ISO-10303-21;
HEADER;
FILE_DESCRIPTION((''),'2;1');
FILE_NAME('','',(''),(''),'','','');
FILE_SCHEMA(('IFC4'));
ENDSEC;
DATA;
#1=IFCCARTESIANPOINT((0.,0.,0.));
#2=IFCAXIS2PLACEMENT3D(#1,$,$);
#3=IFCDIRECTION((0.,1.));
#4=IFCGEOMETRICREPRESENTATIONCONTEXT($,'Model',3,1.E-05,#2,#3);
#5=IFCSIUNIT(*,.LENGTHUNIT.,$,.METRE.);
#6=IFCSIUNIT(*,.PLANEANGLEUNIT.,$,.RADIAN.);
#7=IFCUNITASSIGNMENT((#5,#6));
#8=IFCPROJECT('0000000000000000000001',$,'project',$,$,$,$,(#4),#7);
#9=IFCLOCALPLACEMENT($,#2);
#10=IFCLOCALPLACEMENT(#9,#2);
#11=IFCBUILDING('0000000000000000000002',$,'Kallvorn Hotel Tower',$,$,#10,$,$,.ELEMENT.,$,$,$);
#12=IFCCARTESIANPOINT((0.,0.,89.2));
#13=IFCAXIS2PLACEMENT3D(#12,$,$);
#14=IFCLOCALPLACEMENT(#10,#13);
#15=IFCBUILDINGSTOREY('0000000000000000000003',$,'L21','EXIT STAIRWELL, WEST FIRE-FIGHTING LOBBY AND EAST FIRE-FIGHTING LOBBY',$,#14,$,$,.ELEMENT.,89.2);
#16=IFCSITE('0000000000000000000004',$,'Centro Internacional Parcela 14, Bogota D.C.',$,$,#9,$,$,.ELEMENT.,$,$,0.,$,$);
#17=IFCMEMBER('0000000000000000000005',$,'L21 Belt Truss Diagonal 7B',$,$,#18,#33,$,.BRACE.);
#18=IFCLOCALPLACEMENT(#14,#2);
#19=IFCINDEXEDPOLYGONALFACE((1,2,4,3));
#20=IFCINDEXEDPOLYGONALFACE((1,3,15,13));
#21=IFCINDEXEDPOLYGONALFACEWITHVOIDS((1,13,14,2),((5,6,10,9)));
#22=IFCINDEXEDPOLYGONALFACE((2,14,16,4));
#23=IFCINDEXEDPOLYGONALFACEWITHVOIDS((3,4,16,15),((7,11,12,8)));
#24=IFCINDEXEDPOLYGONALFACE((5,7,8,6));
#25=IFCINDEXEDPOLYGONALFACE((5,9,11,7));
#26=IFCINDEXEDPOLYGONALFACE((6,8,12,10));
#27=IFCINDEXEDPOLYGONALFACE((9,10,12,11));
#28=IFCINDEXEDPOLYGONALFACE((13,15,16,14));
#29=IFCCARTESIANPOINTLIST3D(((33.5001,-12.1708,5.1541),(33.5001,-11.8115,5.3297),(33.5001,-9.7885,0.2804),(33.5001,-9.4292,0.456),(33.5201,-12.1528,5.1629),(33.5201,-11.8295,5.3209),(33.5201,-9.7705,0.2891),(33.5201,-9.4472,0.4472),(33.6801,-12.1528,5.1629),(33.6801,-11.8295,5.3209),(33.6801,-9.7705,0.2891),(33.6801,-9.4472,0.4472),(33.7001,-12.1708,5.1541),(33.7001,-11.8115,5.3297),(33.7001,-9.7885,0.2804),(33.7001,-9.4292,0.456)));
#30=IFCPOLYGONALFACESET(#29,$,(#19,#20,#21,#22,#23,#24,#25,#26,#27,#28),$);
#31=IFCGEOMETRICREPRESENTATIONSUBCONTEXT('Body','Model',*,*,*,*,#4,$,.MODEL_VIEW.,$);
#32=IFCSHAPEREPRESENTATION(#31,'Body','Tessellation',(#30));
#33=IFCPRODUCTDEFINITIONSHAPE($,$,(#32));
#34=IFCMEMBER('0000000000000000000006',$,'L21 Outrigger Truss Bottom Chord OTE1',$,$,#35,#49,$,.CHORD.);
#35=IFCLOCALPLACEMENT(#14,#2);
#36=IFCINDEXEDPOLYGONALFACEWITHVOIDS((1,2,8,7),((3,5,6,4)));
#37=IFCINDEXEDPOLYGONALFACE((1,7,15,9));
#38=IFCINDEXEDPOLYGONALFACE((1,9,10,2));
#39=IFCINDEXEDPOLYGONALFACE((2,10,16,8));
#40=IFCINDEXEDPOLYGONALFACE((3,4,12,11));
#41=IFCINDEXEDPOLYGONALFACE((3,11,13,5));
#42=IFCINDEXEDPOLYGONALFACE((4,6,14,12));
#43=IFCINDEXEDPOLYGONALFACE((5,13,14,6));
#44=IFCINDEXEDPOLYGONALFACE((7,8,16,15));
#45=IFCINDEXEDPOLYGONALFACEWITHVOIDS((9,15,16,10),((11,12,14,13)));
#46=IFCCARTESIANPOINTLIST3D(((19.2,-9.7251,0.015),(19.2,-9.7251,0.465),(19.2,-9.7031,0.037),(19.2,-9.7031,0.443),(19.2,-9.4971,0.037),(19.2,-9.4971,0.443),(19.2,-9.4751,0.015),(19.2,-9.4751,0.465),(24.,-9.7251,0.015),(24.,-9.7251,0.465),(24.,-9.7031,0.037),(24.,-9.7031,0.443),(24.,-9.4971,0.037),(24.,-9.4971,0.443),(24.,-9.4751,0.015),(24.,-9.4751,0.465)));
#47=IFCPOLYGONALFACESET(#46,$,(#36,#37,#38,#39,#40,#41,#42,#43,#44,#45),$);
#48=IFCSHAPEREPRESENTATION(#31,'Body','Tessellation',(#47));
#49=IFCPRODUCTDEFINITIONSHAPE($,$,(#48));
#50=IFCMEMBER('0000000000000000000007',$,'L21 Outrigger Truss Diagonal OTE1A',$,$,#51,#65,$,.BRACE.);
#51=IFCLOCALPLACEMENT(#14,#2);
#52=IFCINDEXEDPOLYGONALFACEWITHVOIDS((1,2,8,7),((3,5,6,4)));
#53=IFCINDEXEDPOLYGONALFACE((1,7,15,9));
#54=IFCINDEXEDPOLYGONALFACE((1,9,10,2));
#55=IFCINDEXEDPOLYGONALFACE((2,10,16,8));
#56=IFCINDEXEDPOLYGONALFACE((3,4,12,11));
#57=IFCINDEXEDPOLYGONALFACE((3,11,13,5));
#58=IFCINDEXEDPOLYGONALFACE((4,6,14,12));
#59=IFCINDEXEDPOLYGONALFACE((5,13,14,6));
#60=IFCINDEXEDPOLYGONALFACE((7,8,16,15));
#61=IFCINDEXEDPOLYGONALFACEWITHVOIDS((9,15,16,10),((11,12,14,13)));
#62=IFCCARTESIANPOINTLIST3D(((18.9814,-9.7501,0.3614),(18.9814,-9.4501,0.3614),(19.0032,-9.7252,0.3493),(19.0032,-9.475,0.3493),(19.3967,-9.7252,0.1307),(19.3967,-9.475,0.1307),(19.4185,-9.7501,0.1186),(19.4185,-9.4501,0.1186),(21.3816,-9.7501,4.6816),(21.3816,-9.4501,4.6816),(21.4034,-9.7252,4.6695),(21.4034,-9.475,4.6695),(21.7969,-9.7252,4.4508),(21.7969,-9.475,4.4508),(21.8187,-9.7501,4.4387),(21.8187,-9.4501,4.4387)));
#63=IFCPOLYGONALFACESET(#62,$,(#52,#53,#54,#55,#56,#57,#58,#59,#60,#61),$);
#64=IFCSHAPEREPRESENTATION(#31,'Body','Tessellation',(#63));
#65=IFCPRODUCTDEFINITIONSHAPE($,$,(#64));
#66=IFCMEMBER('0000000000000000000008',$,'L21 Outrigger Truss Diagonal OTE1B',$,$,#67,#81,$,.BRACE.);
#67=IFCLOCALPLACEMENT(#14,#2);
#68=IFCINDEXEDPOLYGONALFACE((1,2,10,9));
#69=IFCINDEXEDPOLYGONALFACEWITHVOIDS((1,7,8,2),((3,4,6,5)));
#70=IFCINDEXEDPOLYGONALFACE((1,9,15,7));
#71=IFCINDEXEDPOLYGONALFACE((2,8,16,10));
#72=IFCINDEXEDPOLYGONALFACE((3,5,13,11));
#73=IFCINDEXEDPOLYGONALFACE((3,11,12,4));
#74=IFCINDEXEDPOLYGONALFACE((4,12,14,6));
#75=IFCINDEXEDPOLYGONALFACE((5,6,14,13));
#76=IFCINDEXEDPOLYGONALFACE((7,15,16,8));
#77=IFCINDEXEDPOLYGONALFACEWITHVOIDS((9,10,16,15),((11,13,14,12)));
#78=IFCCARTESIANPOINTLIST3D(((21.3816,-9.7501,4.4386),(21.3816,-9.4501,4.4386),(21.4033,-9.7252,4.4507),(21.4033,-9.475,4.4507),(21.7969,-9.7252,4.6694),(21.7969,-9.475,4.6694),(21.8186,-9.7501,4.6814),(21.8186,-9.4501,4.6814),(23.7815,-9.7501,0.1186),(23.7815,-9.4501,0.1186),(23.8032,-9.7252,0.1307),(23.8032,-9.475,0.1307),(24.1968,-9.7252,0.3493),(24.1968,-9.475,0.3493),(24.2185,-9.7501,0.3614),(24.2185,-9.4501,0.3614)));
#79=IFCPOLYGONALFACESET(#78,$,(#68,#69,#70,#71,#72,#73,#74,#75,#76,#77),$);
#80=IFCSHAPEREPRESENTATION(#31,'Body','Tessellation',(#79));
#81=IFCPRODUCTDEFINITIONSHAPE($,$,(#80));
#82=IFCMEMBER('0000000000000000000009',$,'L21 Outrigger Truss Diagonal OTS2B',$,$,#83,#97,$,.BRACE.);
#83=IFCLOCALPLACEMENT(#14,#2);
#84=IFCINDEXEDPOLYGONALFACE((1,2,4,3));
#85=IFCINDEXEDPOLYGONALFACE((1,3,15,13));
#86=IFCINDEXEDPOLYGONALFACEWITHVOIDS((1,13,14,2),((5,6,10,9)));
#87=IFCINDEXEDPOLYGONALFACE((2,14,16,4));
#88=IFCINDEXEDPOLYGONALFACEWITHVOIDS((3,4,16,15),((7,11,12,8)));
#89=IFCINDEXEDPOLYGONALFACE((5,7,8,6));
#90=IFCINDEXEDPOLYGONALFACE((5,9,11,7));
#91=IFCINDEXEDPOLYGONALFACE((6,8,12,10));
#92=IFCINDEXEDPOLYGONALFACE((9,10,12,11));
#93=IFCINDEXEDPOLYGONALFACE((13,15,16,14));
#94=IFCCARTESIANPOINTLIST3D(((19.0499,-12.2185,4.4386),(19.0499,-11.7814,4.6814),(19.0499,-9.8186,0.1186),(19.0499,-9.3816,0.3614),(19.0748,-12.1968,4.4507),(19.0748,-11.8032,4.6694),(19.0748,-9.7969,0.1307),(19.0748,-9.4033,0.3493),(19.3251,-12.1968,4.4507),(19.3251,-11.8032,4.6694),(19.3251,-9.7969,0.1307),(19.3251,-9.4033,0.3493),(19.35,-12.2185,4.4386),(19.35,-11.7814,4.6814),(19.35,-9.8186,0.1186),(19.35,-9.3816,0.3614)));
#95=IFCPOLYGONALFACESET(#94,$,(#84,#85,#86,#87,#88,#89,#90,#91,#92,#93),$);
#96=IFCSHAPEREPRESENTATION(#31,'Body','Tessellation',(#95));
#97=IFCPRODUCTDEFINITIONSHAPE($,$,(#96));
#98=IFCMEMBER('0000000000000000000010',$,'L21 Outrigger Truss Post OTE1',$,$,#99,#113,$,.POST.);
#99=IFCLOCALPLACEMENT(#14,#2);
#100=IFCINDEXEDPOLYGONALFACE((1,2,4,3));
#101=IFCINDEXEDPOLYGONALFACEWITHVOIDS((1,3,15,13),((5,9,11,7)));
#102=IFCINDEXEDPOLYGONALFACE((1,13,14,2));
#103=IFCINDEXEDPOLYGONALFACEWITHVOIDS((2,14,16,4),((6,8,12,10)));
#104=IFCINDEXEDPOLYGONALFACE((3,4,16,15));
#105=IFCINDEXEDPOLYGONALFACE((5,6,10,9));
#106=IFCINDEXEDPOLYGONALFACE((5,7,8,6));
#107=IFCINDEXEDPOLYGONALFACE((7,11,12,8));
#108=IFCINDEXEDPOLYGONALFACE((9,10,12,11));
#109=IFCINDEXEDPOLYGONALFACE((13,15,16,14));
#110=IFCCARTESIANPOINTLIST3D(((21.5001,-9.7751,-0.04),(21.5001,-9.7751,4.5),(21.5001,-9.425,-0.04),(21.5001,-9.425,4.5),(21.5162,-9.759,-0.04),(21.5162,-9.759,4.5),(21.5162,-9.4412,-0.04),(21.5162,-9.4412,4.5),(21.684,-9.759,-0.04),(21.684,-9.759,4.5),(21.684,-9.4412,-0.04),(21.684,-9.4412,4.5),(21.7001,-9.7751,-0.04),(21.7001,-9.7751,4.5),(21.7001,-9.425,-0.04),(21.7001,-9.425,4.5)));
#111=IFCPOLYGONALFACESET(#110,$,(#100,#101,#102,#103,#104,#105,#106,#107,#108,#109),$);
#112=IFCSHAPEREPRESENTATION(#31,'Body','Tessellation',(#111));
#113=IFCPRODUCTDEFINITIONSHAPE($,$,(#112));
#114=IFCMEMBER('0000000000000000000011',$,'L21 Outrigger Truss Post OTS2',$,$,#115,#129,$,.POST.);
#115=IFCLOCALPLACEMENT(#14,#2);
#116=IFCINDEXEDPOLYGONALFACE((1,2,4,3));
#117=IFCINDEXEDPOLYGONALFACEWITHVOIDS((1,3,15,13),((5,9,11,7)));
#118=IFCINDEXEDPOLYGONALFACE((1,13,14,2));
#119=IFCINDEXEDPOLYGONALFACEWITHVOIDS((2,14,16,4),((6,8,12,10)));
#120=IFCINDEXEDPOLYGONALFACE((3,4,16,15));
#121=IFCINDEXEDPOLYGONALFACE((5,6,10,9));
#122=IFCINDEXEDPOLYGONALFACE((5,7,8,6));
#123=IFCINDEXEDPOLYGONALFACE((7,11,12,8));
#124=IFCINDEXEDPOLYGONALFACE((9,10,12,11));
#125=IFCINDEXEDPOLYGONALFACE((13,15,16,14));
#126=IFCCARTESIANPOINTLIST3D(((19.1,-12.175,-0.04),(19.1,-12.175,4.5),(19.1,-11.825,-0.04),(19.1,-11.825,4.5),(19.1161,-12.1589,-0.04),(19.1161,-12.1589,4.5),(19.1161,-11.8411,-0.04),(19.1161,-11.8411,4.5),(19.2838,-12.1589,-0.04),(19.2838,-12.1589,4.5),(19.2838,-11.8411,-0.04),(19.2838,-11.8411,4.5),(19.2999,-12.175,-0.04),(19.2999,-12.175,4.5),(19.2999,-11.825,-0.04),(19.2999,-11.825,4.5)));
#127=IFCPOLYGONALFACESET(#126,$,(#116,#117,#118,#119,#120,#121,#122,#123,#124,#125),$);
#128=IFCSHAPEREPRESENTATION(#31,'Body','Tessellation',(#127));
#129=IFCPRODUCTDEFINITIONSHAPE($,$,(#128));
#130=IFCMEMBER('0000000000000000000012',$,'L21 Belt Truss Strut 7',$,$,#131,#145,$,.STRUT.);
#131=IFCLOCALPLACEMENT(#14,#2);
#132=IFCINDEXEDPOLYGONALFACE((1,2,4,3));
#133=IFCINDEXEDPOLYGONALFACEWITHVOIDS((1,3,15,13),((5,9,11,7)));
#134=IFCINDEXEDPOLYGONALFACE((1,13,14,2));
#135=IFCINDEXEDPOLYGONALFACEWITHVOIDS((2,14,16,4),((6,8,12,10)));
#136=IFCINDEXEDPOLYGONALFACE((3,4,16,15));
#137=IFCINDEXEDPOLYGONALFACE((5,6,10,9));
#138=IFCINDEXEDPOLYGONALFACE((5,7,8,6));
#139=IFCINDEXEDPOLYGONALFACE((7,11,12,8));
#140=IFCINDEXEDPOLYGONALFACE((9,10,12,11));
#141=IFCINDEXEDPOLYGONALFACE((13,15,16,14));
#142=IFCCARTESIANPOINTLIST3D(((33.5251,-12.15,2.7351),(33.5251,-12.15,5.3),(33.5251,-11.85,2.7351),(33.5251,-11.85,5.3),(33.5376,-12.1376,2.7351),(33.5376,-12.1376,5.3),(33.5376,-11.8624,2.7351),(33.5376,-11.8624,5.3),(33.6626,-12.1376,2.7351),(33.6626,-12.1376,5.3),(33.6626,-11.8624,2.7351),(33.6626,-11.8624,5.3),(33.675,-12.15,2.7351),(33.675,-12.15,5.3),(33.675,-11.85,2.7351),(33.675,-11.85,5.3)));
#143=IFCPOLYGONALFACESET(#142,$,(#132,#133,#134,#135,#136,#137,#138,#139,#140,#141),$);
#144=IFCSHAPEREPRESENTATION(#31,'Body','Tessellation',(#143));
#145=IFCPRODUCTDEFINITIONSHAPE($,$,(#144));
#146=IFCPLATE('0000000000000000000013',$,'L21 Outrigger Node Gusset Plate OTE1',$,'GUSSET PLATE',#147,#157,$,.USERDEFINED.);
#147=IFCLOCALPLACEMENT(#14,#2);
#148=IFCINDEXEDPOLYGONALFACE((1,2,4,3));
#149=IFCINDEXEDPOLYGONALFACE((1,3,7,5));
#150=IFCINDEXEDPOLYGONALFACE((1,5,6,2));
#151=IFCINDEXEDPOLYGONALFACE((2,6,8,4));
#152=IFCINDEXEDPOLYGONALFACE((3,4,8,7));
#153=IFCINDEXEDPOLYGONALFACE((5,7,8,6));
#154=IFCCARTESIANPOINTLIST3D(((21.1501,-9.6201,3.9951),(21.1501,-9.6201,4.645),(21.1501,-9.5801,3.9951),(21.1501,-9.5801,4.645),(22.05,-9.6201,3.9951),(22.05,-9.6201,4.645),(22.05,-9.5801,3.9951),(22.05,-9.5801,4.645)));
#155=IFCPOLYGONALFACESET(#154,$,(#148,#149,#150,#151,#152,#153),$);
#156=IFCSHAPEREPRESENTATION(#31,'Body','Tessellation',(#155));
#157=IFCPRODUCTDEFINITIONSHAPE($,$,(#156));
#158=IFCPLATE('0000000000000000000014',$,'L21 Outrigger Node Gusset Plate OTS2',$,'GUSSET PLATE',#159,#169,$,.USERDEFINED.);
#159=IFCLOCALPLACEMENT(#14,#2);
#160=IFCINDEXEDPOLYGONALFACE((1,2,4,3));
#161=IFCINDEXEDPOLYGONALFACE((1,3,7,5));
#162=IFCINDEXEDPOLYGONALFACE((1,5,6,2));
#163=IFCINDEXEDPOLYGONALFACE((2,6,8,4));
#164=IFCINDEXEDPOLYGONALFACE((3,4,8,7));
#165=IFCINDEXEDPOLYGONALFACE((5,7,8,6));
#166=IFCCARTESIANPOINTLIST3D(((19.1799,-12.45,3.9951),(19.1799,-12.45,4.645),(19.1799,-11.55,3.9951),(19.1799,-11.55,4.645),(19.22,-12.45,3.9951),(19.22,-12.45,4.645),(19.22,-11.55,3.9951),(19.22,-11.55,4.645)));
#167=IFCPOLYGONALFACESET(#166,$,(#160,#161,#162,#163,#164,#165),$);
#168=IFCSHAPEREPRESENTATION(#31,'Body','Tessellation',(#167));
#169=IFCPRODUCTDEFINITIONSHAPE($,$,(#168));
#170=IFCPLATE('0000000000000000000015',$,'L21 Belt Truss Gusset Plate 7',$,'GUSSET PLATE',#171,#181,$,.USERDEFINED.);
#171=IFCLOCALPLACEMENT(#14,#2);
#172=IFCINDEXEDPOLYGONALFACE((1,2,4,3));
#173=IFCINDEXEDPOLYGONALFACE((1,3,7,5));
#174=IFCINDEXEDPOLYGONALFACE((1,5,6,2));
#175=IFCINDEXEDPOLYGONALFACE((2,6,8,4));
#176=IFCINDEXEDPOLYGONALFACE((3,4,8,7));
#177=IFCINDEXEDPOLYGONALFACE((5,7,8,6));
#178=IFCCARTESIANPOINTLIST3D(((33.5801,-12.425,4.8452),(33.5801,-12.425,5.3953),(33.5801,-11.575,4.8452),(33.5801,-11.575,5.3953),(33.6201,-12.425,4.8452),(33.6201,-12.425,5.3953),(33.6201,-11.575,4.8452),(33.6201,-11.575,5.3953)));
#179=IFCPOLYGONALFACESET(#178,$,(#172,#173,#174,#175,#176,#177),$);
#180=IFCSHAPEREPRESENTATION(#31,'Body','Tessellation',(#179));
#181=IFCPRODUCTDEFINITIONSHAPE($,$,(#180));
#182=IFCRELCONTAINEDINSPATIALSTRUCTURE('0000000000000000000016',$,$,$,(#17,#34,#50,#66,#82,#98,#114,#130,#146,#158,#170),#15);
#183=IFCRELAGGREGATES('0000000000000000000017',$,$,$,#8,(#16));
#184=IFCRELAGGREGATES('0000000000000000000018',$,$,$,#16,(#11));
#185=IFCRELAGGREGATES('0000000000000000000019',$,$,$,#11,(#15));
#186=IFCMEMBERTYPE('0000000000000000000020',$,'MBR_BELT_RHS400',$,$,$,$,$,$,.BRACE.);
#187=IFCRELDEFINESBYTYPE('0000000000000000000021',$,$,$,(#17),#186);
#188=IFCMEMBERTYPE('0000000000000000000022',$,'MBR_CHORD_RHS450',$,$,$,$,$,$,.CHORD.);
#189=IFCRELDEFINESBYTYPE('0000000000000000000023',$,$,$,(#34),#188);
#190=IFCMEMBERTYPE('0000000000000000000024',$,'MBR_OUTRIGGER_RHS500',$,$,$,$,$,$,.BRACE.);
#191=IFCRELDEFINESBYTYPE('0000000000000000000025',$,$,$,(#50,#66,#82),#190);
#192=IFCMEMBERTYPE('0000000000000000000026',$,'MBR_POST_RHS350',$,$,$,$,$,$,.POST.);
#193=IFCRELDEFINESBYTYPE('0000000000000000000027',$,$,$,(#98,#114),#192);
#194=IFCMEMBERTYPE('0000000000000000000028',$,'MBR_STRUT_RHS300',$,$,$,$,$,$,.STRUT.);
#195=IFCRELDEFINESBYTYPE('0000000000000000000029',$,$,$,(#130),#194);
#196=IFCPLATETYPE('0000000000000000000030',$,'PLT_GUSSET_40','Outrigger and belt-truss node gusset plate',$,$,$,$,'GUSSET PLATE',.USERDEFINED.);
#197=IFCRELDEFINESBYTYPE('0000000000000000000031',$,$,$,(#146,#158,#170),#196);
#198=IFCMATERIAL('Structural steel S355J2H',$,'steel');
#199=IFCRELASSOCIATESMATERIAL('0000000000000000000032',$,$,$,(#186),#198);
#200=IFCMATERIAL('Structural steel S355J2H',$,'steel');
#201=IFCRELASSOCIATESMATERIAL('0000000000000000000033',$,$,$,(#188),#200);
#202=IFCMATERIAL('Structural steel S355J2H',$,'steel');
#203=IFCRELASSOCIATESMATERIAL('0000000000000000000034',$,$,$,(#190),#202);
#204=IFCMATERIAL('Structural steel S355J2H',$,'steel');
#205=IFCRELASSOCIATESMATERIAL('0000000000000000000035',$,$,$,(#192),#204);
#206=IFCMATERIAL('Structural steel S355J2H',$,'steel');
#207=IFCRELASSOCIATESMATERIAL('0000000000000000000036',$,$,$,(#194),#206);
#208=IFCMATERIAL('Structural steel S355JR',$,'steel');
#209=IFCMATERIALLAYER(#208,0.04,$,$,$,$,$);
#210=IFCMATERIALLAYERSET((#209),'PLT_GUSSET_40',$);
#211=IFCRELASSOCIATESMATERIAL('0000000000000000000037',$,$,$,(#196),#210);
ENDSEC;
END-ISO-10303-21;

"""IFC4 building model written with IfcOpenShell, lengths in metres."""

from ifc_helpers import new_model, si_unit, direction, frame, origin, origin_2d, place, context, subcontext, project, spatial, rectangle, hollow_rectangle, extrude, material, layer, layer_set, material_profile, profile_set, type_object, element, save


model = new_model("IFC4")

# Units and contexts
model_context = context("Model", 3, precision=1e-05, world=origin(), true_north=direction((0.0, 1.0)))
body_context = subcontext(model_context, "Body", "Model", "MODEL_VIEW")
ifc_project = project(units=[si_unit("LENGTHUNIT", "METRE"), si_unit("PLANEANGLEUNIT", "RADIAN")], contexts=[model_context])

# Site, building, storey
site_placement = place(None, origin())
site = spatial("IfcSite", under=ifc_project, at=site_placement, Name="Centro Internacional Parcela 14, Bogota D.C.", CompositionType="ELEMENT", RefElevation=0.0)
building_placement = place(site_placement, origin())
building = spatial("IfcBuilding", under=site, at=building_placement, Name="Kallvorn Hotel Tower", CompositionType="ELEMENT")
storey_placement = place(building_placement, frame((0.0, 0.0, 89.2)))
storey = spatial("IfcBuildingStorey", under=building, at=storey_placement, Name="L21", Description="EXIT STAIRWELL, WEST FIRE-FIGHTING LOBBY AND EAST FIRE-FIGHTING LOBBY", CompositionType="ELEMENT", Elevation=89.2)

# Members
ifc_material_1 = material(Name="Structural steel S355J2H", Category="steel")
ifc_material_profile_1 = material_profile(ifc_material_1, hollow_rectangle(XDim=0.2, YDim=0.3999, WallThickness=0.02, at=origin_2d()), Name="RHS 400x200x20")
ifc_profile_set_1 = profile_set([ifc_material_profile_1], Name="Structural steel S355J2H")
member_type_1 = type_object("IfcMemberType", Name="MBR_BELT_RHS400", PredefinedType="BRACE", material=ifc_profile_set_1)
member_1_placement = place(storey_placement, frame((33.6001, -9.6089, 0.3682), z_axis=(0.0, -0.439149, 0.898414), x_axis=(1.0, 0.0, 0.0)))
element("IfcMember", 1, at=member_1_placement, inside=storey, type_object=member_type_1, Name="L21 Belt Truss Diagonal 7B", PredefinedType="BRACE", context=body_context, shape_type="SweptSolid", body=[
    extrude(hollow_rectangle(XDim=0.2, YDim=0.3999, WallThickness=0.02, at=origin_2d()), origin(), (0.0, 0.0, 1.0), 5.4248),
])
ifc_material_2 = material(Name="Structural steel S355J2H", Category="steel")
ifc_material_profile_2 = material_profile(ifc_material_2, hollow_rectangle(XDim=0.25, YDim=0.45, WallThickness=0.022, at=origin_2d()), Name="RHS 450x250x22")
ifc_profile_set_2 = profile_set([ifc_material_profile_2], Name="Structural steel S355J2H")
member_type_2 = type_object("IfcMemberType", Name="MBR_CHORD_RHS450", PredefinedType="CHORD", material=ifc_profile_set_2)
member_2_placement = place(storey_placement, frame((19.2, -9.6001, 0.24), z_axis=(1.0, 0.0, 0.0), x_axis=(0.0, 1.0, 0.0)))
element("IfcMember", 2, at=member_2_placement, inside=storey, type_object=member_type_2, Name="L21 Outrigger Truss Bottom Chord OTE1", PredefinedType="CHORD", context=body_context, shape_type="SweptSolid", body=[
    extrude(hollow_rectangle(XDim=0.25, YDim=0.45, WallThickness=0.022, at=origin_2d()), origin(), (0.0, 0.0, 1.0), 4.8),
])
ifc_material_3 = material(Name="Structural steel S355J2H", Category="steel")
ifc_material_profile_3 = material_profile(ifc_material_3, hollow_rectangle(XDim=0.3, YDim=0.5, WallThickness=0.0249, at=origin_2d()), Name="RHS 500x300x25")
ifc_profile_set_3 = profile_set([ifc_material_profile_3], Name="Structural steel S355J2H")
member_type_3 = type_object("IfcMemberType", Name="MBR_OUTRIGGER_RHS500", PredefinedType="BRACE", material=ifc_profile_set_3)
member_3_placement = place(storey_placement, frame((19.2, -9.6001, 0.24), z_axis=(0.48566, 0.0, 0.874148), x_axis=(0.0, 1.0, 0.0)))
element("IfcMember", 3, at=member_3_placement, inside=storey, type_object=member_type_3, Name="L21 Outrigger Truss Diagonal OTE1A", PredefinedType="BRACE", context=body_context, shape_type="SweptSolid", body=[
    extrude(hollow_rectangle(XDim=0.3, YDim=0.5, WallThickness=0.0249, at=origin_2d()), origin(), (0.0, 0.0, 1.0), 4.9421),
])
for number, where, z_axis, x_axis, name in (
    (4, (24.0, -9.6001, 0.24), (-0.485622, 0.0, 0.874169), (0.0, -1.0, 0.0), "L21 Outrigger Truss Diagonal OTE1B"),
    (5, (19.2, -9.6001, 0.24), (0.0, -0.485622, 0.874169), (1.0, 0.0, 0.0), "L21 Outrigger Truss Diagonal OTS2B"),
):
    element("IfcMember", number, at=place(storey_placement, frame(where, z_axis=z_axis, x_axis=x_axis)), inside=storey, type_object=member_type_3, Name=name, PredefinedType="BRACE", context=body_context, shape_type="SweptSolid", body=[
        extrude(hollow_rectangle(XDim=0.3, YDim=0.5, WallThickness=0.0249, at=origin_2d()), origin(), (0.0, 0.0, 1.0), 4.9419),
    ])
ifc_material_4 = material(Name="Structural steel S355J2H", Category="steel")
ifc_material_profile_4 = material_profile(ifc_material_4, hollow_rectangle(XDim=0.2, YDim=0.3501, WallThickness=0.0161, at=origin_2d()), Name="RHS 350x200x16")
ifc_profile_set_4 = profile_set([ifc_material_profile_4], Name="Structural steel S355J2H")
member_type_4 = type_object("IfcMemberType", Name="MBR_POST_RHS350", PredefinedType="POST", material=ifc_profile_set_4)
for number, where, z_axis, x_axis, name in (
    (6, (21.6001, -9.6001, -0.04), (0.0, 0.0, 1.0), (1.0, 0.0, 0.0), "L21 Outrigger Truss Post OTE1"),
    (7, (19.2, -12.0, -0.04), (0.0, 0.0, 1.0), (1.0, 0.0, 0.0), "L21 Outrigger Truss Post OTS2"),
):
    element("IfcMember", number, at=place(storey_placement, frame(where, z_axis=z_axis, x_axis=x_axis)), inside=storey, type_object=member_type_4, Name=name, PredefinedType="POST", context=body_context, shape_type="SweptSolid", body=[
        extrude(hollow_rectangle(XDim=0.2, YDim=0.3501, WallThickness=0.0161, at=origin_2d()), origin(), (0.0, 0.0, 1.0), 4.54),
    ])
ifc_material_5 = material(Name="Structural steel S355J2H", Category="steel")
ifc_material_profile_5 = material_profile(ifc_material_5, hollow_rectangle(XDim=0.1499, YDim=0.3, WallThickness=0.0125, at=origin_2d()), Name="RHS 300x150x12.5")
ifc_profile_set_5 = profile_set([ifc_material_profile_5], Name="Structural steel S355J2H")
member_type_5 = type_object("IfcMemberType", Name="MBR_STRUT_RHS300", PredefinedType="STRUT", material=ifc_profile_set_5)
member_4_placement = place(storey_placement, frame((33.6001, -12.0, 2.7351), z_axis=(0.0, 0.0, 1.0), x_axis=(1.0, 0.0, 0.0)))
element("IfcMember", 8, at=member_4_placement, inside=storey, type_object=member_type_5, Name="L21 Belt Truss Strut 7", PredefinedType="STRUT", context=body_context, shape_type="SweptSolid", body=[
    extrude(hollow_rectangle(XDim=0.1499, YDim=0.3, WallThickness=0.0125, at=origin_2d()), origin(), (0.0, 0.0, 1.0), 2.5649),
])

# Plates
ifc_material_6 = material(Name="Structural steel S355JR", Category="steel")
ifc_layer_1 = layer(ifc_material_6, 0.04)
ifc_layer_set_1 = layer_set([ifc_layer_1], Name="PLT_GUSSET_40")
plate_type = type_object("IfcPlateType", Name="PLT_GUSSET_40", Description="Outrigger and belt-truss node gusset plate", ElementType="GUSSET PLATE", PredefinedType="USERDEFINED", material=ifc_layer_set_1)
for number, where, z_axis, x_axis, name in (
    (9, (21.6001, -9.6001, 3.9951), (0.0, 0.0, 1.0), (1.0, 0.0, 0.0), "L21 Outrigger Node Gusset Plate OTE1"),
    (10, (19.2, -12.0, 3.9951), (0.0, 0.0, 1.0), (0.0, 1.0, 0.0), "L21 Outrigger Node Gusset Plate OTS2"),
):
    element("IfcPlate", number, at=place(storey_placement, frame(where, z_axis=z_axis, x_axis=x_axis)), inside=storey, type_object=plate_type, Name=name, ObjectType="GUSSET PLATE", PredefinedType="USERDEFINED", context=body_context, shape_type="SweptSolid", body=[
        extrude(rectangle(XDim=0.8999, YDim=0.04, at=origin_2d()), origin(), (0.0, 0.0, 1.0), 0.6499),
    ])
plate_placement = place(storey_placement, frame((33.6001, -12.0, 4.8452), z_axis=(0.0, 0.0, 1.0), x_axis=(0.0, 1.0, 0.0)))
element("IfcPlate", 11, at=plate_placement, inside=storey, type_object=plate_type, Name="L21 Belt Truss Gusset Plate 7", ObjectType="GUSSET PLATE", PredefinedType="USERDEFINED", context=body_context, shape_type="SweptSolid", body=[
    extrude(rectangle(XDim=0.8501, YDim=0.04, at=origin_2d()), origin(), (0.0, 0.0, 1.0), 0.55),
])

save(model, "model.ifc")
